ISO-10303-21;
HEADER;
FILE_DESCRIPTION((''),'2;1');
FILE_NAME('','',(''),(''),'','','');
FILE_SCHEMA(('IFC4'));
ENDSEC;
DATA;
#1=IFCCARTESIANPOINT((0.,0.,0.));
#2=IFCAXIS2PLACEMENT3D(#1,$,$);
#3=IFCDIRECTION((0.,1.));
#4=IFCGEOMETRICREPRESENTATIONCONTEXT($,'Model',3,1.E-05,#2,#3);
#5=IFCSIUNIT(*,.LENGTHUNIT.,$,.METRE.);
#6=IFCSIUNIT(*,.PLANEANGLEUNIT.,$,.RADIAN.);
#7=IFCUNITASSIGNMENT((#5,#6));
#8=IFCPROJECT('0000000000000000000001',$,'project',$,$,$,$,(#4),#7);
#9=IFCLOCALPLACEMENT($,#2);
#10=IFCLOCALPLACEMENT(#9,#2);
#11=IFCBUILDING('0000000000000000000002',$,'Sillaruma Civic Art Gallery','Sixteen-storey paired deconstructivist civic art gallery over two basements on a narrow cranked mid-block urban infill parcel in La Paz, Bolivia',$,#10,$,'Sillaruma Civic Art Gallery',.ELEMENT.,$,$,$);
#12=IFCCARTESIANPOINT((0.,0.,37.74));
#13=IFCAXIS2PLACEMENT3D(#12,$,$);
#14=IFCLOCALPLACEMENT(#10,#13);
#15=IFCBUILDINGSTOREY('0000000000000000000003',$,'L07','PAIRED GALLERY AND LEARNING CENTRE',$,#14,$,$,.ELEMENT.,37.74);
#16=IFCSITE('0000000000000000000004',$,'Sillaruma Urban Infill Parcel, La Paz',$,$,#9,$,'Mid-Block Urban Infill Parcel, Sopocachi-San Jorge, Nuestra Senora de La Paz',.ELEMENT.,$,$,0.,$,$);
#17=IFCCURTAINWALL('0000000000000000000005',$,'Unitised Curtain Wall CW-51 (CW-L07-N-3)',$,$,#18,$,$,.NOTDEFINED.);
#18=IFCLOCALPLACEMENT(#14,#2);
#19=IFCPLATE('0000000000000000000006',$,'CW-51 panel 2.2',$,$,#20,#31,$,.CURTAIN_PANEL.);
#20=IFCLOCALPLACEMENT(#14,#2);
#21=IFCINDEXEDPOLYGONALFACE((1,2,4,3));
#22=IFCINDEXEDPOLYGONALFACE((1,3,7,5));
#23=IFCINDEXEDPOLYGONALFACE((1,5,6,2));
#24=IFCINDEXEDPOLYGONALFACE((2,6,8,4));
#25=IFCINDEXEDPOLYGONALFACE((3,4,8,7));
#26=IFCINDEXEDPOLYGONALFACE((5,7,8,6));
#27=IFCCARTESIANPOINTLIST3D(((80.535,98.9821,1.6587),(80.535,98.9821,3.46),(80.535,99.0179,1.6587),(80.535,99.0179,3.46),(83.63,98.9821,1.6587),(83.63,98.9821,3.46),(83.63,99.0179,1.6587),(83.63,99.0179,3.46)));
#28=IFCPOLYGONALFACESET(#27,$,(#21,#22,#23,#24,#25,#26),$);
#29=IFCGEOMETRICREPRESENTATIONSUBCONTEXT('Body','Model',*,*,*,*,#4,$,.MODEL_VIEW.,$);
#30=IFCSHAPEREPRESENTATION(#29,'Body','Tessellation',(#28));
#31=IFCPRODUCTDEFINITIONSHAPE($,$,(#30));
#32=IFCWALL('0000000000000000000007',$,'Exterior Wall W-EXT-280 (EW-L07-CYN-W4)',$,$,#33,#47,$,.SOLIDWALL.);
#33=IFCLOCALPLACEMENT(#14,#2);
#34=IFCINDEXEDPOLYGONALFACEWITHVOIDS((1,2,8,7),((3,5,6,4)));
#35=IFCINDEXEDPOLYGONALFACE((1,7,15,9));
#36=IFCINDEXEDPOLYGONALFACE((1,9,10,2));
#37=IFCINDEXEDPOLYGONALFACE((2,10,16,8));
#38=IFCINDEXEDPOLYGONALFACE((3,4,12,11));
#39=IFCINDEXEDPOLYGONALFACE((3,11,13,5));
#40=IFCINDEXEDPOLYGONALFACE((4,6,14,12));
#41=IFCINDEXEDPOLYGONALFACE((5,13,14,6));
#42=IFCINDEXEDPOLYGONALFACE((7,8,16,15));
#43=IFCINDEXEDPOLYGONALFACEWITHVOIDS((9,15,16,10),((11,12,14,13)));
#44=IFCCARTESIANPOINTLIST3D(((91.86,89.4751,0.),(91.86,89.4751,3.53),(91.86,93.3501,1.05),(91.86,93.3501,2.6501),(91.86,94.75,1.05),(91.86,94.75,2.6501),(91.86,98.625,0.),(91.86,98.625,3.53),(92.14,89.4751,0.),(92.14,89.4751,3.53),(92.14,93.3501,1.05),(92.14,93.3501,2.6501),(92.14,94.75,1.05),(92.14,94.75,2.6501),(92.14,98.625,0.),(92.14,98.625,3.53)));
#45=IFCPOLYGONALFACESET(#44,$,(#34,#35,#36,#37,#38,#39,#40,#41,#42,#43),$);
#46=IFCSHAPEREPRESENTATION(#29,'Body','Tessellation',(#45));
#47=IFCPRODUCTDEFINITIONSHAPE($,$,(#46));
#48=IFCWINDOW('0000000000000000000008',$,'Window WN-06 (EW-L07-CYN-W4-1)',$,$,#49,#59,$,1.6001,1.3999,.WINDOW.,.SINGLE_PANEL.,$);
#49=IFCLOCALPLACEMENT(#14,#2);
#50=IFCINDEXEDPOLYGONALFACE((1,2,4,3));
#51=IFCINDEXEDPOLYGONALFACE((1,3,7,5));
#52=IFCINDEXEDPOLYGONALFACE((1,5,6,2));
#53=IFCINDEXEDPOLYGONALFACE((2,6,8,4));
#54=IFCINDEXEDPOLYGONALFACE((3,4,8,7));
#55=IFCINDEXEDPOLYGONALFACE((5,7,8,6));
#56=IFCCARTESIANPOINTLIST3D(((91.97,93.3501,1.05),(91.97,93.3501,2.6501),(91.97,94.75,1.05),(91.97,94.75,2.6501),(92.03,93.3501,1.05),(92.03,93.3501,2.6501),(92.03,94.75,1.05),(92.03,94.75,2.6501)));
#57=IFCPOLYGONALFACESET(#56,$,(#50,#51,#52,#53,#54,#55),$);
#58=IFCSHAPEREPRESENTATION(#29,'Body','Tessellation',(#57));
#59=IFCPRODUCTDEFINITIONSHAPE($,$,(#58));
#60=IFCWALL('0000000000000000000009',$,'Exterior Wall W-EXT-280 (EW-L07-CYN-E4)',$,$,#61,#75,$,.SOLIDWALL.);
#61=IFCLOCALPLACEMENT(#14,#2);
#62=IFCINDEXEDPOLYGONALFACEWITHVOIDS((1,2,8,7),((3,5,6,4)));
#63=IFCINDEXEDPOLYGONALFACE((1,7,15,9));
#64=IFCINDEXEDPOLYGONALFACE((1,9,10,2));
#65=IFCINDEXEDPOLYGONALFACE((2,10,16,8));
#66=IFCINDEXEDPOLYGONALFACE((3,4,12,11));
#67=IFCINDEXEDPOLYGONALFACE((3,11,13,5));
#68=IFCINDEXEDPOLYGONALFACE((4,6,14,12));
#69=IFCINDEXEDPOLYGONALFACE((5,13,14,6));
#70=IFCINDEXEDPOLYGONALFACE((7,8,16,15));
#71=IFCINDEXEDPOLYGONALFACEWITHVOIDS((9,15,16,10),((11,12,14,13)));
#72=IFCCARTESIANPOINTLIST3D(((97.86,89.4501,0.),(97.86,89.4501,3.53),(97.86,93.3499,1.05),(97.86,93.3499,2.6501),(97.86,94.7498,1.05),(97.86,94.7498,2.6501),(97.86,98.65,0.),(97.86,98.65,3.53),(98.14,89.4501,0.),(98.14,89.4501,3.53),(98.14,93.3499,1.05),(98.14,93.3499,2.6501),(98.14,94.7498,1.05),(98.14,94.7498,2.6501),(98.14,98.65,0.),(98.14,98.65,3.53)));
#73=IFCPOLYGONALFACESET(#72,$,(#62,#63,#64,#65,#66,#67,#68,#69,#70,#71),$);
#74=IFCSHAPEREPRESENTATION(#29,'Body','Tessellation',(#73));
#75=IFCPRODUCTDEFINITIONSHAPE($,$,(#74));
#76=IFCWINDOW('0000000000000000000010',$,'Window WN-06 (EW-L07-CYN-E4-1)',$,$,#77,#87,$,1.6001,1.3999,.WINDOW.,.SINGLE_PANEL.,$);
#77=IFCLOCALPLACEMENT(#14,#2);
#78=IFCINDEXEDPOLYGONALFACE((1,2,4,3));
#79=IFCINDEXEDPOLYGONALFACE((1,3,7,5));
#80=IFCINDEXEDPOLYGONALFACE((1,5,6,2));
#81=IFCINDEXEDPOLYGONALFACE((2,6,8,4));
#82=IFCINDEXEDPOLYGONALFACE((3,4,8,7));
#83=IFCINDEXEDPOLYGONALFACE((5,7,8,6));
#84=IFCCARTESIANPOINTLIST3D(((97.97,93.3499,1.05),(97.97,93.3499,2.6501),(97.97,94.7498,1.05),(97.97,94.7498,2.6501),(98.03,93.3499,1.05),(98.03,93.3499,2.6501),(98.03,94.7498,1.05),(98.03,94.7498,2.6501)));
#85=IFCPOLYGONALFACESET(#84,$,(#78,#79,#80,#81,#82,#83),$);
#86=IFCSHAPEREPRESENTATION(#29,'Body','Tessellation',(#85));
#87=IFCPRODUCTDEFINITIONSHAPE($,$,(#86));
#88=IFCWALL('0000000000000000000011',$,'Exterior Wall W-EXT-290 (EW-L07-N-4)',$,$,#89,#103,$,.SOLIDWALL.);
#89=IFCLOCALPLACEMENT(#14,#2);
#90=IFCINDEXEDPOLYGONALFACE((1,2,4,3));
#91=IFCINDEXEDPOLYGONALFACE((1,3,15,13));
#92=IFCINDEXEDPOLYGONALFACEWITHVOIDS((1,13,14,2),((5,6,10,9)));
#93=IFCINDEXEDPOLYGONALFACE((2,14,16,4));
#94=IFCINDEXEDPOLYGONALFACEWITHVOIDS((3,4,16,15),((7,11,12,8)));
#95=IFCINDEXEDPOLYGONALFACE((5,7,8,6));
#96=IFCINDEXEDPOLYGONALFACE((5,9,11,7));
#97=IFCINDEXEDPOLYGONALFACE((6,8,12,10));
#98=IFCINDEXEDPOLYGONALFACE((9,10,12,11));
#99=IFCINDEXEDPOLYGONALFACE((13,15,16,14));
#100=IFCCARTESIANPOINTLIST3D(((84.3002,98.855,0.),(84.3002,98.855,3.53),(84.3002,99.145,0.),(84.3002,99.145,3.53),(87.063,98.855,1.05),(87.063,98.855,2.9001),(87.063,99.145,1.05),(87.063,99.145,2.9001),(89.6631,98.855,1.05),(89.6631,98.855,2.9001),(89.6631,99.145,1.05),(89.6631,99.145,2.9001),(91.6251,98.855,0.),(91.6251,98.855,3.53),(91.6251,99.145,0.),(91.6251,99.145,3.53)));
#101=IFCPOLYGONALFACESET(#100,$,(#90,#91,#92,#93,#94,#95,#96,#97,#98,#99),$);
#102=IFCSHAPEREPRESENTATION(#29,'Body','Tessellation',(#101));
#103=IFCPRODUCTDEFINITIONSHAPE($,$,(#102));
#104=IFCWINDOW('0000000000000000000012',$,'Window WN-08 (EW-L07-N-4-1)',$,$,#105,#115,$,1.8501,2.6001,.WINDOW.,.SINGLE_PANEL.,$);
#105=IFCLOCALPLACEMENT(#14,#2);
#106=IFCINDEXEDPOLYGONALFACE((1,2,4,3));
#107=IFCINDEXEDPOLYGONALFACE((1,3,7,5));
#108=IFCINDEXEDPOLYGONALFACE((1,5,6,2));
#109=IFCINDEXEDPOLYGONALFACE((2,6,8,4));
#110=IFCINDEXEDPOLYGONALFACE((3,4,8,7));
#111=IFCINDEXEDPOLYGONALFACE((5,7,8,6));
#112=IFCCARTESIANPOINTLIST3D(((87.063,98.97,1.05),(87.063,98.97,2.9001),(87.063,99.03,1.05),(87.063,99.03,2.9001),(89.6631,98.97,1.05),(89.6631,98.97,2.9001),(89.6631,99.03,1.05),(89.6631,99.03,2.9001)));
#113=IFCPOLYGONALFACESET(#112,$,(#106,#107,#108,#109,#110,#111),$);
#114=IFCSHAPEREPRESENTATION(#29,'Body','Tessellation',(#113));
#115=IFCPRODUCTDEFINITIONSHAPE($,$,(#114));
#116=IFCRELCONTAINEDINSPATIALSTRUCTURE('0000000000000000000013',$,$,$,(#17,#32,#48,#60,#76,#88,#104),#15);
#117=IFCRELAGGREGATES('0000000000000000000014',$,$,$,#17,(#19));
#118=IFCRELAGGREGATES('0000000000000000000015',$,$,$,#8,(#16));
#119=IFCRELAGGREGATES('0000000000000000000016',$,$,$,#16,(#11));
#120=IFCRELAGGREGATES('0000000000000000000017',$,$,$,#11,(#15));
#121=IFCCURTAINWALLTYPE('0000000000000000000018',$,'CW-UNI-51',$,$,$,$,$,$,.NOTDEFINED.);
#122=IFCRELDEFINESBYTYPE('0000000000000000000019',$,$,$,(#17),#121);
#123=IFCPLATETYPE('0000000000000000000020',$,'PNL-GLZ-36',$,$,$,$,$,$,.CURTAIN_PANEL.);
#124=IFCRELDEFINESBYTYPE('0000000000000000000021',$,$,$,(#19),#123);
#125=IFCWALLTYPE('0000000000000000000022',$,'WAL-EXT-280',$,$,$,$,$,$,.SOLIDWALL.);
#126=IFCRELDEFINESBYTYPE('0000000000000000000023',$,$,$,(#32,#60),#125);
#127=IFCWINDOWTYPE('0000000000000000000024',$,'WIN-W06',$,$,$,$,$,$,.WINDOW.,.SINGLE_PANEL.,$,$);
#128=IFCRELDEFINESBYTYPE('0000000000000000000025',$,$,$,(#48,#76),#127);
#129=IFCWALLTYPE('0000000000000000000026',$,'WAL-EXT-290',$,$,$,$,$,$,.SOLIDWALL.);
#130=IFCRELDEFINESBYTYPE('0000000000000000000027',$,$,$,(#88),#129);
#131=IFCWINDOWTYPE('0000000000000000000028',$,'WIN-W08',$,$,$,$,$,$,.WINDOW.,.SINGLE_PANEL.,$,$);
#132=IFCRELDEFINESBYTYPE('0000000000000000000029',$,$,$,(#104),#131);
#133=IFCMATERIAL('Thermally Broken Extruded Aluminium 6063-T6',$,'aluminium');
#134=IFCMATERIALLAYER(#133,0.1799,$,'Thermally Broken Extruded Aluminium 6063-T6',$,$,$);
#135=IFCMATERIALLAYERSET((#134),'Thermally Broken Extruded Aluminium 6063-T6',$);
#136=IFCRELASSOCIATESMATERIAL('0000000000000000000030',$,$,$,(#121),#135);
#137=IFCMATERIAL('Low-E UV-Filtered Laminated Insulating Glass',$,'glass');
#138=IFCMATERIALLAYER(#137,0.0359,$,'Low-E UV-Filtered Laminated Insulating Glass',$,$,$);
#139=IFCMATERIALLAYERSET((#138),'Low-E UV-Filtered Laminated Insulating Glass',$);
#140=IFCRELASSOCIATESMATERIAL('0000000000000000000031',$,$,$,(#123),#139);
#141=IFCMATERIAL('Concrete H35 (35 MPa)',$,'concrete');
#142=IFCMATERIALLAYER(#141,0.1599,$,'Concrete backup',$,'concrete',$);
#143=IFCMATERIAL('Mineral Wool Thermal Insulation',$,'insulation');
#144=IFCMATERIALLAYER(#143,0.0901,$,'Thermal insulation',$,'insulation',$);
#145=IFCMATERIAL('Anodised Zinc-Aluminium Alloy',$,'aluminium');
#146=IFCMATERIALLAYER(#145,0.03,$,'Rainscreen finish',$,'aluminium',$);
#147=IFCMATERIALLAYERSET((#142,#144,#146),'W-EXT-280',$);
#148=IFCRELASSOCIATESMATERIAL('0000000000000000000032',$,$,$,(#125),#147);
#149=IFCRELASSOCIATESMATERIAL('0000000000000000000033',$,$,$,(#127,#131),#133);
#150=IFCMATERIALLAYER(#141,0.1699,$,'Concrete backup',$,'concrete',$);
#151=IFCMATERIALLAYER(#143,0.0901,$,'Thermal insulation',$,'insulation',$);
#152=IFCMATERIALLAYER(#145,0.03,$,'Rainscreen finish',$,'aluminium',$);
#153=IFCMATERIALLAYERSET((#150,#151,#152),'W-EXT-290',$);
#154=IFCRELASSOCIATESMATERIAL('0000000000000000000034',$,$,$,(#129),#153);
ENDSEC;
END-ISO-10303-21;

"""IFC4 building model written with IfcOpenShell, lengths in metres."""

from ifc_helpers import new_model, si_unit, direction, frame, frame_2d, origin, origin_2d, place, context, subcontext, project, spatial, rectangle, extrude, material, layer, layer_set, type_object, element, fill, aggregate, save


model = new_model("IFC4")

# Units and contexts
model_context = context("Model", 3, precision=1e-05, world=origin(), true_north=direction((0.0, 1.0)))
body_context = subcontext(model_context, "Body", "Model", "MODEL_VIEW")
ifc_project = project(units=[si_unit("LENGTHUNIT", "METRE"), si_unit("PLANEANGLEUNIT", "RADIAN")], contexts=[model_context])

# Site, building, storey
site_placement = place(None, origin())
site = spatial("IfcSite", under=ifc_project, at=site_placement, Name="Sillaruma Urban Infill Parcel, La Paz", LongName="Mid-Block Urban Infill Parcel, Sopocachi-San Jorge, Nuestra Senora de La Paz", CompositionType="ELEMENT", RefElevation=0.0)
building_placement = place(site_placement, origin())
building = spatial("IfcBuilding", under=site, at=building_placement, Name="Sillaruma Civic Art Gallery", Description="Sixteen-storey paired deconstructivist civic art gallery over two basements on a narrow cranked mid-block urban infill parcel in La Paz, Bolivia", LongName="Sillaruma Civic Art Gallery", CompositionType="ELEMENT")
storey_placement = place(building_placement, frame((0.0, 0.0, 37.74)))
storey = spatial("IfcBuildingStorey", under=building, at=storey_placement, Name="L07", Description="PAIRED GALLERY AND LEARNING CENTRE", CompositionType="ELEMENT", Elevation=37.74)

# Shared definitions
ifc_material_1 = material(Name="Concrete H35 (35 MPa)", Category="concrete")

# Curtain wall, plate
ifc_material_2 = material(Name="Thermally Broken Extruded Aluminium 6063-T6", Category="aluminium")
ifc_layer_1 = layer(ifc_material_2, 0.1799, Name="Thermally Broken Extruded Aluminium 6063-T6")
ifc_layer_set_1 = layer_set([ifc_layer_1], Name="Thermally Broken Extruded Aluminium 6063-T6")
curtain_wall_type = type_object("IfcCurtainWallType", Name="CW-UNI-51", PredefinedType="NOTDEFINED", material=ifc_layer_set_1)
curtain_wall_placement = place(storey_placement, origin())
curtain_wall = element("IfcCurtainWall", 1, at=curtain_wall_placement, inside=storey, type_object=curtain_wall_type, Name="Unitised Curtain Wall CW-51 (CW-L07-N-3)", PredefinedType="NOTDEFINED")
ifc_material_3 = material(Name="Low-E UV-Filtered Laminated Insulating Glass", Category="glass")
ifc_layer_2 = layer(ifc_material_3, 0.0359, Name="Low-E UV-Filtered Laminated Insulating Glass")
ifc_layer_set_2 = layer_set([ifc_layer_2], Name="Low-E UV-Filtered Laminated Insulating Glass")
plate_type = type_object("IfcPlateType", Name="PNL-GLZ-36", PredefinedType="CURTAIN_PANEL", material=ifc_layer_set_2)
plate_1_placement = place(storey_placement, frame((82.0825, 99.0, 1.6587), z_axis=(0.0, 0.0, 1.0), x_axis=(1.0, 0.0, 0.0)))
plate_1 = element("IfcPlate", 2, at=plate_1_placement, type_object=plate_type, Name="CW-51 panel 2.2", PredefinedType="CURTAIN_PANEL", context=body_context, shape_type="SweptSolid", body=[
    extrude(rectangle(XDim=3.095, YDim=0.0359, at=origin_2d()), origin(), (0.0, 0.0, 1.0), 1.8013),
])
aggregate(curtain_wall, [plate_1])

# Walls, openings, windows
ifc_layer_3 = layer(ifc_material_1, 0.1599, Name="Concrete backup", Category="concrete")
ifc_material_4 = material(Name="Mineral Wool Thermal Insulation", Category="insulation")
ifc_layer_4 = layer(ifc_material_4, 0.0901, Name="Thermal insulation", Category="insulation")
ifc_material_5 = material(Name="Anodised Zinc-Aluminium Alloy", Category="aluminium")
ifc_layer_5 = layer(ifc_material_5, 0.03, Name="Rainscreen finish", Category="aluminium")
ifc_layer_set_3 = layer_set([ifc_layer_3, ifc_layer_4, ifc_layer_5], Name="W-EXT-280")
wall_type_1 = type_object("IfcWallType", Name="WAL-EXT-280", PredefinedType="SOLIDWALL", material=ifc_layer_set_3)
wall_1_placement = place(storey_placement, frame((92.0, 89.4751, 0.0), z_axis=(0.0, 0.0, 1.0), x_axis=(0.0, 1.0, 0.0)))
wall_1 = element("IfcWall", 3, at=wall_1_placement, inside=storey, type_object=wall_type_1, Name="Exterior Wall W-EXT-280 (EW-L07-CYN-W4)", PredefinedType="SOLIDWALL", context=body_context, shape_type="SweptSolid", body=[
    extrude(rectangle(XDim=9.1499, YDim=0.28, at=frame_2d((4.575, 0.0))), origin(), (0.0, 0.0, 1.0), 3.53),
])
opening_1_placement = place(wall_1_placement, frame((3.875, 0.0, 1.05)))
opening_1 = element("IfcOpeningElement", 4, at=opening_1_placement, cuts=wall_1, PredefinedType="OPENING", context=body_context, shape_type="SweptSolid", body=[
    extrude(rectangle(XDim=1.3999, YDim=1.6001, at=frame_2d((0.7, 0.8))), frame((0.0, 0.1499, 0.0), z_axis=(0.0, -1.0, 0.0), x_axis=(1.0, 0.0, 0.0)), (0.0, 0.0, 1.0), 0.3),
])
window_type_1 = type_object("IfcWindowType", Name="WIN-W06", PartitioningType="SINGLE_PANEL", PredefinedType="WINDOW", material=ifc_material_2)
window_1_placement = place(opening_1_placement, origin())
window_1 = element("IfcWindow", 5, at=window_1_placement, inside=storey, type_object=window_type_1, Name="Window WN-06 (EW-L07-CYN-W4-1)", OverallHeight=1.6001, OverallWidth=1.3999, PartitioningType="SINGLE_PANEL", PredefinedType="WINDOW", context=body_context, shape_type="SweptSolid", body=[
    extrude(rectangle(XDim=1.3999, YDim=1.6001, at=frame_2d((0.7, 0.8))), frame((0.0, 0.03, 0.0), z_axis=(0.0, -1.0, 0.0), x_axis=(1.0, 0.0, 0.0)), (0.0, 0.0, 1.0), 0.0601),
])
fill(opening_1, window_1)
wall_2_placement = place(storey_placement, frame((98.0, 89.45, 0.0), z_axis=(0.0, 0.0, 1.0), x_axis=(0.0, 1.0, 0.0)))
wall_2 = element("IfcWall", 6, at=wall_2_placement, inside=storey, type_object=wall_type_1, Name="Exterior Wall W-EXT-280 (EW-L07-CYN-E4)", PredefinedType="SOLIDWALL", context=body_context, shape_type="SweptSolid", body=[
    extrude(rectangle(XDim=9.2, YDim=0.28, at=frame_2d((4.6001, 0.0))), origin(), (0.0, 0.0, 1.0), 3.53),
])
opening_2_placement = place(wall_2_placement, frame((3.8999, 0.0, 1.05)))
opening_2 = element("IfcOpeningElement", 7, at=opening_2_placement, cuts=wall_2, PredefinedType="OPENING", context=body_context, shape_type="SweptSolid", body=[
    extrude(rectangle(XDim=1.3999, YDim=1.6001, at=frame_2d((0.7, 0.8))), frame((0.0, 0.1499, 0.0), z_axis=(0.0, -1.0, 0.0), x_axis=(1.0, 0.0, 0.0)), (0.0, 0.0, 1.0), 0.3),
])
window_2_placement = place(opening_2_placement, origin())
window_2 = element("IfcWindow", 8, at=window_2_placement, inside=storey, type_object=window_type_1, Name="Window WN-06 (EW-L07-CYN-E4-1)", OverallHeight=1.6001, OverallWidth=1.3999, PartitioningType="SINGLE_PANEL", PredefinedType="WINDOW", context=body_context, shape_type="SweptSolid", body=[
    extrude(rectangle(XDim=1.3999, YDim=1.6001, at=frame_2d((0.7, 0.8))), frame((0.0, 0.03, 0.0), z_axis=(0.0, -1.0, 0.0), x_axis=(1.0, 0.0, 0.0)), (0.0, 0.0, 1.0), 0.0601),
])
fill(opening_2, window_2)
ifc_layer_6 = layer(ifc_material_1, 0.1699, Name="Concrete backup", Category="concrete")
ifc_layer_7 = layer(ifc_material_4, 0.0901, Name="Thermal insulation", Category="insulation")
ifc_layer_8 = layer(ifc_material_5, 0.03, Name="Rainscreen finish", Category="aluminium")
ifc_layer_set_4 = layer_set([ifc_layer_6, ifc_layer_7, ifc_layer_8], Name="W-EXT-290")
wall_type_2 = type_object("IfcWallType", Name="WAL-EXT-290", PredefinedType="SOLIDWALL", material=ifc_layer_set_4)
wall_3_placement = place(storey_placement, frame((84.3, 99.0, 0.0), z_axis=(0.0, 0.0, 1.0), x_axis=(1.0, 0.0, 0.0)))
wall_3 = element("IfcWall", 9, at=wall_3_placement, inside=storey, type_object=wall_type_2, Name="Exterior Wall W-EXT-290 (EW-L07-N-4)", PredefinedType="SOLIDWALL", context=body_context, shape_type="SweptSolid", body=[
    extrude(rectangle(XDim=7.325, YDim=0.29, at=frame_2d((3.6626, 0.0))), origin(), (0.0, 0.0, 1.0), 3.53),
])
opening_3_placement = place(wall_3_placement, frame((2.7629, 0.0, 1.05)))
opening_3 = element("IfcOpeningElement", 10, at=opening_3_placement, cuts=wall_3, PredefinedType="OPENING", context=body_context, shape_type="SweptSolid", body=[
    extrude(rectangle(XDim=2.6001, YDim=1.8501, at=frame_2d((1.3, 0.925))), frame((0.0, 0.155, 0.0), z_axis=(0.0, -1.0, 0.0), x_axis=(1.0, 0.0, 0.0)), (0.0, 0.0, 1.0), 0.3101),
])
window_type_2 = type_object("IfcWindowType", Name="WIN-W08", PartitioningType="SINGLE_PANEL", PredefinedType="WINDOW", material=ifc_material_2)
window_3_placement = place(opening_3_placement, origin())
window_3 = element("IfcWindow", 11, at=window_3_placement, inside=storey, type_object=window_type_2, Name="Window WN-08 (EW-L07-N-4-1)", OverallHeight=1.8501, OverallWidth=2.6001, PartitioningType="SINGLE_PANEL", PredefinedType="WINDOW", context=body_context, shape_type="SweptSolid", body=[
    extrude(rectangle(XDim=2.6001, YDim=1.8501, at=frame_2d((1.3, 0.925))), frame((0.0, 0.03, 0.0), z_axis=(0.0, -1.0, 0.0), x_axis=(1.0, 0.0, 0.0)), (0.0, 0.0, 1.0), 0.0601),
])
fill(opening_3, window_3)

save(model, "model.ifc")
